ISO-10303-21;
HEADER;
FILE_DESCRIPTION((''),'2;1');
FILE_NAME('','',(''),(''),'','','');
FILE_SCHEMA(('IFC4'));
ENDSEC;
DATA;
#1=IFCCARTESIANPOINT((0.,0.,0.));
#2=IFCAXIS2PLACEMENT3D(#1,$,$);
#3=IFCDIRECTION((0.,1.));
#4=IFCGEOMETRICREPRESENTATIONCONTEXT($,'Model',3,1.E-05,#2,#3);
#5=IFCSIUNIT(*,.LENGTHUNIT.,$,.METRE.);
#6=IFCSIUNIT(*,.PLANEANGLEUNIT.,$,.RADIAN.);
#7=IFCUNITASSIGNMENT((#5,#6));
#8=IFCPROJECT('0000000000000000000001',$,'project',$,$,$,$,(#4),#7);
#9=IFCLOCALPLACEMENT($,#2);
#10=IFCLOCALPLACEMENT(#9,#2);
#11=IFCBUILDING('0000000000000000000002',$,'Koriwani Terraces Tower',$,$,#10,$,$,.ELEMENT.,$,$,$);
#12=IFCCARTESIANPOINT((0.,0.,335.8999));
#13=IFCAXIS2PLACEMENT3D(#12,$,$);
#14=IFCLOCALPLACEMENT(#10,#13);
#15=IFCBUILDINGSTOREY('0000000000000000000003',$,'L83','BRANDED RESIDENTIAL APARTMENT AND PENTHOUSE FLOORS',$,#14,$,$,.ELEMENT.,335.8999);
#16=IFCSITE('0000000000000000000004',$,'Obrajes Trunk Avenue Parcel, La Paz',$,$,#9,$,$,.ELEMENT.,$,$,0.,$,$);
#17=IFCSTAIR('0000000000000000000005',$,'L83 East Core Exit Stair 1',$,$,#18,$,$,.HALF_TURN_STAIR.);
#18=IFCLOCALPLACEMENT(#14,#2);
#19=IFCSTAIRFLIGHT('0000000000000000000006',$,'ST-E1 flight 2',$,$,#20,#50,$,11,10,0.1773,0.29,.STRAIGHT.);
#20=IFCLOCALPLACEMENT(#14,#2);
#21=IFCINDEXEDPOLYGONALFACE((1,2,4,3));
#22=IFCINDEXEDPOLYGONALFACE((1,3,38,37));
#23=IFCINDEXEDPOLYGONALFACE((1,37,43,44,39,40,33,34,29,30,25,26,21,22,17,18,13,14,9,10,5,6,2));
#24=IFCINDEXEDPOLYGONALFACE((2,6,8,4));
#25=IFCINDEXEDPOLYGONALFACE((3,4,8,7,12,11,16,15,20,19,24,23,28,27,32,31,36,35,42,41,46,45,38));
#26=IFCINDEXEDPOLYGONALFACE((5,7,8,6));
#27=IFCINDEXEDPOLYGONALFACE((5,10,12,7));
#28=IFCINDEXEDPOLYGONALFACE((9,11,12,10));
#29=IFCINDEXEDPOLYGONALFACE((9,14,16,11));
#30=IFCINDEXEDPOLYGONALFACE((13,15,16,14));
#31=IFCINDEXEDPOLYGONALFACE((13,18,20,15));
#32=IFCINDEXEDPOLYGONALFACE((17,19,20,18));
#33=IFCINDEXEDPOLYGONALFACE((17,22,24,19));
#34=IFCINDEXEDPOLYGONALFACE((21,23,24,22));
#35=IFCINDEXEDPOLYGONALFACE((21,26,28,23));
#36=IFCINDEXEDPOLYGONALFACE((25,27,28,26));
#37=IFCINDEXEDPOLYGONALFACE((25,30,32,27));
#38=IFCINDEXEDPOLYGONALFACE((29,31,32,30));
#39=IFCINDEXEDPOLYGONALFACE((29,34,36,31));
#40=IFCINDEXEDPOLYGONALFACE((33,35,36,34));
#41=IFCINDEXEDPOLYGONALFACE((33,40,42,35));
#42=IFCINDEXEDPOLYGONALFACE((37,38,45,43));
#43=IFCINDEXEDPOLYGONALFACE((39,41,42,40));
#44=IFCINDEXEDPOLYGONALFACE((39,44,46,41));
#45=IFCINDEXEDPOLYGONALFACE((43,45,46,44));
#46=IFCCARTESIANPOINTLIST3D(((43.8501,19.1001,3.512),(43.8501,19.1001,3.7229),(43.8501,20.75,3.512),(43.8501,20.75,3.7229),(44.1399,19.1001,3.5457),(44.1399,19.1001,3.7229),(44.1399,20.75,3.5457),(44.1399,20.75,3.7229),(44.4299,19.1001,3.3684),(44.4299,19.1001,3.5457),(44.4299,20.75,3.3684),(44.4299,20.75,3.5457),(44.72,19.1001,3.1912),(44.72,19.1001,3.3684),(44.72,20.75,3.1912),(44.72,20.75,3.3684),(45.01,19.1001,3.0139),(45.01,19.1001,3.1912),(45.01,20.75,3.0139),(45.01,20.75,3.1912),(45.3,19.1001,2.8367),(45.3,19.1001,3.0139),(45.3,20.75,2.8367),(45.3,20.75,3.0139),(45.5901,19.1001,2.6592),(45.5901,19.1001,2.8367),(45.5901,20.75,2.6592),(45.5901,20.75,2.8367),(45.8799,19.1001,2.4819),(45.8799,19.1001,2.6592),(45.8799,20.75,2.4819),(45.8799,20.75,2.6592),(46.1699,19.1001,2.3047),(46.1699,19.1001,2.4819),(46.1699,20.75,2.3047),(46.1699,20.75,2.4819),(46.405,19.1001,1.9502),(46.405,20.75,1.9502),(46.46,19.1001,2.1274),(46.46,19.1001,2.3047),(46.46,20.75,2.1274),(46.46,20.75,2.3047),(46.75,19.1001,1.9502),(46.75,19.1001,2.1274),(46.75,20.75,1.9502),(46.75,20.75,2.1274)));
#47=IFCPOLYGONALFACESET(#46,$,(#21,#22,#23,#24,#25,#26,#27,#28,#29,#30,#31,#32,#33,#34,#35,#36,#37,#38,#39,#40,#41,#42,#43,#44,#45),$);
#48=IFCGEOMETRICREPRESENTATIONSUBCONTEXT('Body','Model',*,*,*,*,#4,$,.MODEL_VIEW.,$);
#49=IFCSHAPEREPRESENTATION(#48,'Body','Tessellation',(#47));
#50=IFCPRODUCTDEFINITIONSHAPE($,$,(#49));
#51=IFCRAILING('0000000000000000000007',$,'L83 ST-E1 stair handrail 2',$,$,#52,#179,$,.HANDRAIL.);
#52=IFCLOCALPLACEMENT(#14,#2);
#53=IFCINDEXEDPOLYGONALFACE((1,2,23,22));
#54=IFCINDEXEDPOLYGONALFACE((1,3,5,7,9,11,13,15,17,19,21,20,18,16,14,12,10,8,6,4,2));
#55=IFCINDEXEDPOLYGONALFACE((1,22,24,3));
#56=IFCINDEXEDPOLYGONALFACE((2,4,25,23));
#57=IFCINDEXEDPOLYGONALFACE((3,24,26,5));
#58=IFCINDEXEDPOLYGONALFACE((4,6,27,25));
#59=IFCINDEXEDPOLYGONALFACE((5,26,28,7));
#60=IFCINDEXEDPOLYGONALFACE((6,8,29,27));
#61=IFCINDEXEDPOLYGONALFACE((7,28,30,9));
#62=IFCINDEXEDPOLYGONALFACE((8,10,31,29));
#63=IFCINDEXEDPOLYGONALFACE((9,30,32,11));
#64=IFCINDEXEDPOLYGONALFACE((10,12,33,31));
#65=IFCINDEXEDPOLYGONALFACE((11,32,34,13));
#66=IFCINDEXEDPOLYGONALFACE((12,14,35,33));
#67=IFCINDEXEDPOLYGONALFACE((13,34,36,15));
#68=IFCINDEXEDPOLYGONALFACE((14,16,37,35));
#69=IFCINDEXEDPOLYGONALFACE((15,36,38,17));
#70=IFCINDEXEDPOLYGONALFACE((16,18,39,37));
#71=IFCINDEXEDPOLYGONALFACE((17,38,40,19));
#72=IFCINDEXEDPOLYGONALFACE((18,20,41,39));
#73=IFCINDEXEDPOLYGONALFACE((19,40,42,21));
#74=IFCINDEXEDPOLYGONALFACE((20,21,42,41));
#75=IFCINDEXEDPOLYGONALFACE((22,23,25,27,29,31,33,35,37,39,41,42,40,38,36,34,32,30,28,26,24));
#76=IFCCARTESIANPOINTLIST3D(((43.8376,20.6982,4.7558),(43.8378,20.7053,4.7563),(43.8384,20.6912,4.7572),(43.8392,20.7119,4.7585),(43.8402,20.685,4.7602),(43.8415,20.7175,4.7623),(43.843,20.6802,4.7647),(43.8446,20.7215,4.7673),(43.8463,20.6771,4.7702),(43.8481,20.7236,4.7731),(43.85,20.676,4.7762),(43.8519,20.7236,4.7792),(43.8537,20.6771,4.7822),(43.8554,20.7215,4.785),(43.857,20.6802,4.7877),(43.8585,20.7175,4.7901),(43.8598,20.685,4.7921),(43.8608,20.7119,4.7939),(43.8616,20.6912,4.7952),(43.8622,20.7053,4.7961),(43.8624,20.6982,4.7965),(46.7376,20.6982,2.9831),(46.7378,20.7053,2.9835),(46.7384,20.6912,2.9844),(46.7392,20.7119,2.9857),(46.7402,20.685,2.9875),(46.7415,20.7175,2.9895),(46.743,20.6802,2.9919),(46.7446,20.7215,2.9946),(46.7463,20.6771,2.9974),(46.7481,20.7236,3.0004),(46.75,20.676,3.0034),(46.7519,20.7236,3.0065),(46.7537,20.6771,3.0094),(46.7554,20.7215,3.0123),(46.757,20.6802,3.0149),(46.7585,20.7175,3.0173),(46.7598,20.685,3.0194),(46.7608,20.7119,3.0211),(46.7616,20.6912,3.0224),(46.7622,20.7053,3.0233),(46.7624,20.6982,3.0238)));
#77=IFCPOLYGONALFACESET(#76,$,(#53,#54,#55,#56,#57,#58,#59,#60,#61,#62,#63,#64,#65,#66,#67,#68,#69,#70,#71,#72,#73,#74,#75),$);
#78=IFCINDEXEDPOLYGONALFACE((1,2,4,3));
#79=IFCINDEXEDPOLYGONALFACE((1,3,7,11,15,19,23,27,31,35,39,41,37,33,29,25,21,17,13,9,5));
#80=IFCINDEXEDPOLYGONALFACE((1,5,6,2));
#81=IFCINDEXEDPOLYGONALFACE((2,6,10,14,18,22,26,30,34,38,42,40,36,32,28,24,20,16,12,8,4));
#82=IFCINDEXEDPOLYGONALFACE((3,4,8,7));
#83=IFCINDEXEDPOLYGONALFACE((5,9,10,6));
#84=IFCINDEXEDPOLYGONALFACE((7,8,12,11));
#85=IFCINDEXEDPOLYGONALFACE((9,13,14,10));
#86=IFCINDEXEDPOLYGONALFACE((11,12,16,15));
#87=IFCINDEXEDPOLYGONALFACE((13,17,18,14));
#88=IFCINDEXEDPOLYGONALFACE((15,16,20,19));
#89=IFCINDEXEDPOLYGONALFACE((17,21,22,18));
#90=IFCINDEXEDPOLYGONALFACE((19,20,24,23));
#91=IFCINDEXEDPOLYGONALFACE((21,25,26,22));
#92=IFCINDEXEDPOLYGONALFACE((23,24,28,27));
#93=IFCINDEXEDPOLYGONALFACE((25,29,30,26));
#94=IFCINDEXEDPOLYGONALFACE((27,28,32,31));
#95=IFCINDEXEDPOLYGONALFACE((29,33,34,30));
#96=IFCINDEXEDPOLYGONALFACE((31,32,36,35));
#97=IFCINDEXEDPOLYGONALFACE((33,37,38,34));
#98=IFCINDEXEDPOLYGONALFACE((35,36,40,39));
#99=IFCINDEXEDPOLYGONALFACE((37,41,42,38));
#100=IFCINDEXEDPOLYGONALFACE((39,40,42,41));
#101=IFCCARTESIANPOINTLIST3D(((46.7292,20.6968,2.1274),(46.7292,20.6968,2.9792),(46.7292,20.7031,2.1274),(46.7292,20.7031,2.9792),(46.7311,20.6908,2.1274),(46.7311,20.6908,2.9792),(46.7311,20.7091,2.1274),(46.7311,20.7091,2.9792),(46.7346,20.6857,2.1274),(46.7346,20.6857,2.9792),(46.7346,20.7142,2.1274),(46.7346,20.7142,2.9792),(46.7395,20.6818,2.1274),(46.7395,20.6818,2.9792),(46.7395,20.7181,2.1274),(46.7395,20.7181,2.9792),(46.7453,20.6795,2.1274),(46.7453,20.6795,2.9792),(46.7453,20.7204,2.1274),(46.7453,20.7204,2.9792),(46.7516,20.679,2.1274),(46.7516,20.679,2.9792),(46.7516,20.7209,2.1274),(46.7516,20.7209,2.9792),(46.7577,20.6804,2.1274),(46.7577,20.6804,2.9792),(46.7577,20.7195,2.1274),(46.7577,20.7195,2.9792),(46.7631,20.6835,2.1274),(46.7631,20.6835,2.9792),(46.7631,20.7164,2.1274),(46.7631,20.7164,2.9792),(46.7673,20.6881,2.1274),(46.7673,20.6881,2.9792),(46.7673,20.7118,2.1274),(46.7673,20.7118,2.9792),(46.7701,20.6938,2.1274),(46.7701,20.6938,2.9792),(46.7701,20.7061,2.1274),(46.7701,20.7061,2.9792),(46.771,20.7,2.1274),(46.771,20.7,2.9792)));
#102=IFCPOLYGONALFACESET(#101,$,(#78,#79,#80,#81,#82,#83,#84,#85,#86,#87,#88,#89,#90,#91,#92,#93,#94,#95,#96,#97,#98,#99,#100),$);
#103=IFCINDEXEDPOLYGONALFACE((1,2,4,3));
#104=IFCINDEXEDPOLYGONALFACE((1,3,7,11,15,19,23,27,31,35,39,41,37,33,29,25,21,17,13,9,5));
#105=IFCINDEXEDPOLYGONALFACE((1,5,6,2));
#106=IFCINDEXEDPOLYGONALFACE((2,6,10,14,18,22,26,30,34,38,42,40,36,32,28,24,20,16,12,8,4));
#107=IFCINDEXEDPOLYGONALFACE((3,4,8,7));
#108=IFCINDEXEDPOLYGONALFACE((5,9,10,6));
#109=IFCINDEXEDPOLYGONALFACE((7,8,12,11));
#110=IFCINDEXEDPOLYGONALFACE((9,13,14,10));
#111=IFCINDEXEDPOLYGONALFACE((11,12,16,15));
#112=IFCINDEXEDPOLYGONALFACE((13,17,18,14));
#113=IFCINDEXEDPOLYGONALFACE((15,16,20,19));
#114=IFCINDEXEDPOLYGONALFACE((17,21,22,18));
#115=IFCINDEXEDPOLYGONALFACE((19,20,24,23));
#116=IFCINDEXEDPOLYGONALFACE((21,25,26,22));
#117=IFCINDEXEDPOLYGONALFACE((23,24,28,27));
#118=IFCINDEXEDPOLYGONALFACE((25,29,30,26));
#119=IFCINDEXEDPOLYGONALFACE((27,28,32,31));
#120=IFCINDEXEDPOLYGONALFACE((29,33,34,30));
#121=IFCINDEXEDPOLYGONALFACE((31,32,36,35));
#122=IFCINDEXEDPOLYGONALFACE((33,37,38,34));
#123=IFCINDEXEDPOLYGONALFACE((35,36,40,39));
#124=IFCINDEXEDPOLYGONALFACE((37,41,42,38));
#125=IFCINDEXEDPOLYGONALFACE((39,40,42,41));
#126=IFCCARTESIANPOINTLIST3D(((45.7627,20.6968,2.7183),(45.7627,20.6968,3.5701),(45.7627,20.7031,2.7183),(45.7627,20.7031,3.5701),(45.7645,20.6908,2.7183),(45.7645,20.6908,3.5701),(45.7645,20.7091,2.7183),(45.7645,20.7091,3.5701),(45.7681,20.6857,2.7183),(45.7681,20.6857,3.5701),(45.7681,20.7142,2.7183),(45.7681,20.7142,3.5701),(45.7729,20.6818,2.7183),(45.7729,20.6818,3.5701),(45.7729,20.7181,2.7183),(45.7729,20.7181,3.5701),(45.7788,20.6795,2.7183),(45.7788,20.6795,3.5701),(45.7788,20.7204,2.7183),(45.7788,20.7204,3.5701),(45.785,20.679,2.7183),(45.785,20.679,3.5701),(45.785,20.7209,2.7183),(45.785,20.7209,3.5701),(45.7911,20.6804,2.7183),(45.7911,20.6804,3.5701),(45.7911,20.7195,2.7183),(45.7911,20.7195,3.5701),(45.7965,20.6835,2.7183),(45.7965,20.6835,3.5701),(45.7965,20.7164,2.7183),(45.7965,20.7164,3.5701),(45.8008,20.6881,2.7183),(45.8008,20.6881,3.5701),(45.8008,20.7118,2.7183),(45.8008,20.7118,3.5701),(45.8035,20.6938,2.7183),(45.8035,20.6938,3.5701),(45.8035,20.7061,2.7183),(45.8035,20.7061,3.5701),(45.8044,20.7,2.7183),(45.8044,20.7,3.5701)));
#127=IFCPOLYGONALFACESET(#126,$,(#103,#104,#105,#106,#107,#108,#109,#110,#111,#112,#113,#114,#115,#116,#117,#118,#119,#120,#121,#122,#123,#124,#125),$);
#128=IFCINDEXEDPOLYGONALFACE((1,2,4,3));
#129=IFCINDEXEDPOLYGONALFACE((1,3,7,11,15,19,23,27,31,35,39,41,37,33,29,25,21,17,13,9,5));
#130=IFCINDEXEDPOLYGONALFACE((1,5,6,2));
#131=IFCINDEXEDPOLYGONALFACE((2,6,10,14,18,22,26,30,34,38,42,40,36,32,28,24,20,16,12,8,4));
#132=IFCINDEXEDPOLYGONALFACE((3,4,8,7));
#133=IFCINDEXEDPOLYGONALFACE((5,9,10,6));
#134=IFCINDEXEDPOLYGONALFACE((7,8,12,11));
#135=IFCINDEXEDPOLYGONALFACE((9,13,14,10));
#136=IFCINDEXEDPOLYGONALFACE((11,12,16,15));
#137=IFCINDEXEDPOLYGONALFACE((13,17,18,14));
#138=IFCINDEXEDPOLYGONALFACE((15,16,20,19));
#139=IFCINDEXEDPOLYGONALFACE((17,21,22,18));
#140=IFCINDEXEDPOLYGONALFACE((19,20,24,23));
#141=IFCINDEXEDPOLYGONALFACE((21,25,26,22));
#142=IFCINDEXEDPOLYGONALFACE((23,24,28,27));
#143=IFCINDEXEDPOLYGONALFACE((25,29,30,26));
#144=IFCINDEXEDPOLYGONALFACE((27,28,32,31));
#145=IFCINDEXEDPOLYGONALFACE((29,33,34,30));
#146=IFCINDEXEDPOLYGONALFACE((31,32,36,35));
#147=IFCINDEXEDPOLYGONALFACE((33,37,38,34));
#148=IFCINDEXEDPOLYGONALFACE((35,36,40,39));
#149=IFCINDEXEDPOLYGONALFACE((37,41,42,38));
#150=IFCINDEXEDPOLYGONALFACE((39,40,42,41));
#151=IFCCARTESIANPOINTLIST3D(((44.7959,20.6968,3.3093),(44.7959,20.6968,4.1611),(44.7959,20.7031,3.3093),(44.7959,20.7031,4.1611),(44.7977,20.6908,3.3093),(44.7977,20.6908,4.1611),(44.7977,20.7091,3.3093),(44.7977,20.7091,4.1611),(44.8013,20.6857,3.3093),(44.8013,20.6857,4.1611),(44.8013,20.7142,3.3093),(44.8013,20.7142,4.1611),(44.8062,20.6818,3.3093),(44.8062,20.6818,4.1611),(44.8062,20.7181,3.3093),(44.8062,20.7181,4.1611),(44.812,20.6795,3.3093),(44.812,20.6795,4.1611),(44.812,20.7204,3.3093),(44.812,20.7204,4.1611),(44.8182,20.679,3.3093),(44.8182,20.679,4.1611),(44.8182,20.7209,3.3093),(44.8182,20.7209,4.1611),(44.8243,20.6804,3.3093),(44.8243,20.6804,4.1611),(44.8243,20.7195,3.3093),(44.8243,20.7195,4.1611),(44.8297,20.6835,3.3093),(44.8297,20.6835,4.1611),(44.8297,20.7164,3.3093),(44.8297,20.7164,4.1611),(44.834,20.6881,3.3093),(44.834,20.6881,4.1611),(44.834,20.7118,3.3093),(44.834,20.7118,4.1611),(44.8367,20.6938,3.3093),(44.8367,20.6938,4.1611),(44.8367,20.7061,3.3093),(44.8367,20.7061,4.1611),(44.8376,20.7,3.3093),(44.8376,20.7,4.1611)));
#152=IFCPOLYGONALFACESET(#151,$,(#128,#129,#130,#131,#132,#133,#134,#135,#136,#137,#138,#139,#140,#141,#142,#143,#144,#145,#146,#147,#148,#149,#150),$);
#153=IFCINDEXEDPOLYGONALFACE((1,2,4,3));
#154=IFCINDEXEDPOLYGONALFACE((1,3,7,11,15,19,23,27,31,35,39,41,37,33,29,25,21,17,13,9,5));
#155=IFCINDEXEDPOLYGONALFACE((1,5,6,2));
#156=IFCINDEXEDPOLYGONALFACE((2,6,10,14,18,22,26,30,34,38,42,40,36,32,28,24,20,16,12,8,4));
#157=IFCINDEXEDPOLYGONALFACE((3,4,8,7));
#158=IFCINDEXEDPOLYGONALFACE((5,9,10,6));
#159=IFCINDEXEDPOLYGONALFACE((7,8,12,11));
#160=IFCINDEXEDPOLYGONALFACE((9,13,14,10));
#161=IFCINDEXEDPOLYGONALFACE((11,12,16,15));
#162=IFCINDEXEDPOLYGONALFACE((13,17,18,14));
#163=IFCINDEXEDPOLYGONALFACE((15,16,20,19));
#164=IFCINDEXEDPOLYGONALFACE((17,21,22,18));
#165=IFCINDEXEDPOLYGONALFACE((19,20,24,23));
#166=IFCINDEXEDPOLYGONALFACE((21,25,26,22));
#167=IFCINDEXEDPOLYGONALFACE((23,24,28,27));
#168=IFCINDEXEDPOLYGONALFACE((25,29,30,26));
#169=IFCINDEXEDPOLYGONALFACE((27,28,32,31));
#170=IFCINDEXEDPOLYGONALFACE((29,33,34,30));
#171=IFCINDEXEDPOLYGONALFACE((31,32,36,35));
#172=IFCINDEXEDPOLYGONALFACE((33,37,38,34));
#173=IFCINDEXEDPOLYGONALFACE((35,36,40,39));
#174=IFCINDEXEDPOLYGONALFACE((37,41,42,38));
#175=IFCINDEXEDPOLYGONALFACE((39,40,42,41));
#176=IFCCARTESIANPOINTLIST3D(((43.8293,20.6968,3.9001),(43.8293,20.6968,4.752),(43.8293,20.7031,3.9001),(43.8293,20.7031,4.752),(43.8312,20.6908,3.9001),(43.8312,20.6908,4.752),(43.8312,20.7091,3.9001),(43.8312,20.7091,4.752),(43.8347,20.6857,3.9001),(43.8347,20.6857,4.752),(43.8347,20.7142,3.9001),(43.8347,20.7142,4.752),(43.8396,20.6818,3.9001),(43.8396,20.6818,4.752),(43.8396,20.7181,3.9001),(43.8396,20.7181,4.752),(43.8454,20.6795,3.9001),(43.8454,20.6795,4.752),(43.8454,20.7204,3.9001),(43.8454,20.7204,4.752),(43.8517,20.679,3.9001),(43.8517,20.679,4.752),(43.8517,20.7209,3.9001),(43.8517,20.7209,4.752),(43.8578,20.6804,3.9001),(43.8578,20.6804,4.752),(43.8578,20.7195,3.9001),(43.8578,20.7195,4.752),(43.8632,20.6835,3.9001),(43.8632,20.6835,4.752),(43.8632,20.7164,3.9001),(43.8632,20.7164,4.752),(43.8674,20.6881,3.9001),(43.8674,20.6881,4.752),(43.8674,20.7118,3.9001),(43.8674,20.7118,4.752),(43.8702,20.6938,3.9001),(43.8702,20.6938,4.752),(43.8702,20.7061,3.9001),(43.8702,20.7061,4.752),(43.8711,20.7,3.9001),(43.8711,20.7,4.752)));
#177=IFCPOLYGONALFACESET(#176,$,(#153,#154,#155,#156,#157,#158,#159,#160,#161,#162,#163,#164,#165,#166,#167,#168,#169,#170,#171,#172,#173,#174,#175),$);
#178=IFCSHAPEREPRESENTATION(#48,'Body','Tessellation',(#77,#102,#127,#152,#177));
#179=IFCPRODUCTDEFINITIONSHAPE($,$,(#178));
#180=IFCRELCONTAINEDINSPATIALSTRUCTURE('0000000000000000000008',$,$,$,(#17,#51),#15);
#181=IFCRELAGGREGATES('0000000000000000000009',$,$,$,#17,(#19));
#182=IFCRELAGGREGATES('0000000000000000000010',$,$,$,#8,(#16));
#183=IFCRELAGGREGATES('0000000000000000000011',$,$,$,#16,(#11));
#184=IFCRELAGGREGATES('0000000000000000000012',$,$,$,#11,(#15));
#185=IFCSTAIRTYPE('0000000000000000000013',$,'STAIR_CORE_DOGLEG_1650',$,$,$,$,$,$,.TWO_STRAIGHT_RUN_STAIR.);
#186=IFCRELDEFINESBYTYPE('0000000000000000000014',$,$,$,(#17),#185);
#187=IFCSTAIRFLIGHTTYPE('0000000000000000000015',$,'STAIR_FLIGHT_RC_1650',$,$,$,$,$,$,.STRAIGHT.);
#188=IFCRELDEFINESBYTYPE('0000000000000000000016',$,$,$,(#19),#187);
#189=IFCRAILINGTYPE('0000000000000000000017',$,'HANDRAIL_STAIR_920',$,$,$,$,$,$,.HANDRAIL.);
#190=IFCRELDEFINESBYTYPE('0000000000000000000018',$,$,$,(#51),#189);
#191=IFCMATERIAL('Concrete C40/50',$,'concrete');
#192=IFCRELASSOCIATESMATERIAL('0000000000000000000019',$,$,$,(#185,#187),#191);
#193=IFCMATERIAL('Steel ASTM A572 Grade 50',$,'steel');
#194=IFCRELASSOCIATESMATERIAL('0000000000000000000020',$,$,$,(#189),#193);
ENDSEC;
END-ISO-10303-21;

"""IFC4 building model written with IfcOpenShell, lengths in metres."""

from ifc_helpers import new_model, si_unit, direction, frame, origin, origin_2d, place, context, subcontext, project, spatial, polyline, circle, outline, extrude, material, type_object, element, aggregate, save


model = new_model("IFC4")

# Units and contexts
model_context = context("Model", 3, precision=1e-05, world=origin(), true_north=direction((0.0, 1.0)))
body_context = subcontext(model_context, "Body", "Model", "MODEL_VIEW")
ifc_project = project(units=[si_unit("LENGTHUNIT", "METRE"), si_unit("PLANEANGLEUNIT", "RADIAN")], contexts=[model_context])

# Site, building, storey
site_placement = place(None, origin())
site = spatial("IfcSite", under=ifc_project, at=site_placement, Name="Obrajes Trunk Avenue Parcel, La Paz", CompositionType="ELEMENT", RefElevation=0.0)
building_placement = place(site_placement, origin())
building = spatial("IfcBuilding", under=site, at=building_placement, Name="Koriwani Terraces Tower", CompositionType="ELEMENT")
storey_placement = place(building_placement, frame((0.0, 0.0, 335.8999)))
storey = spatial("IfcBuildingStorey", under=building, at=storey_placement, Name="L83", Description="BRANDED RESIDENTIAL APARTMENT AND PENTHOUSE FLOORS", CompositionType="ELEMENT", Elevation=335.8999)

# Shared definitions
ifc_material_1 = material(Name="Concrete C40/50", Category="concrete")

# Shared definitions
ifc_material_2 = material(Name="Steel ASTM A572 Grade 50", Category="steel")

# Stair, stair flight
stair_type = type_object("IfcStairType", Name="STAIR_CORE_DOGLEG_1650", PredefinedType="TWO_STRAIGHT_RUN_STAIR", material=ifc_material_1)
stair_placement = place(storey_placement, origin())
stair = element("IfcStair", 1, at=stair_placement, inside=storey, type_object=stair_type, Name="L83 East Core Exit Stair 1", PredefinedType="HALF_TURN_STAIR")
stair_flight_type = type_object("IfcStairFlightType", Name="STAIR_FLIGHT_RC_1650", PredefinedType="STRAIGHT", material=ifc_material_1)
stair_flight_placement = place(storey_placement, frame((46.75, 19.925, 1.9502), z_axis=(0.0, 0.0, 1.0), x_axis=(-1.0, 0.0, 0.0)))
stair_flight = element("IfcStairFlight", 2, at=stair_flight_placement, type_object=stair_flight_type, Name="ST-E1 flight 2", NumberOfRisers=11, NumberOfTreads=10, PredefinedType="STRAIGHT", RiserHeight=0.1773, TreadLength=0.29, context=body_context, shape_type="SweptSolid", body=[
    extrude(outline(polyline([(0.0, 0.0), (0.0, 0.1772), (0.29, 0.1772), (0.29, 0.3545), (0.5801, 0.3545), (0.5801, 0.5317), (0.8701, 0.5317), (0.8701, 0.709), (1.1599, 0.709), (1.1599, 0.8865), (1.45, 0.8865), (1.45, 1.0637), (1.74, 1.0637), (1.74, 1.241), (2.03, 1.241), (2.03, 1.4182), (2.3201, 1.4182), (2.3201, 1.5955), (2.6101, 1.5955), (2.6101, 1.7727), (2.8999, 1.7727), (2.8999, 1.95), (2.8999, 1.5618), (0.345, 0.0), (0.0, 0.0)])), frame((0.0, 0.825, 0.0), z_axis=(0.0, -1.0, 0.0), x_axis=(1.0, 0.0, 0.0)), (0.0, 0.0, 1.0), 1.6499),
])
aggregate(stair, [stair_flight])

# Railing
railing_type = type_object("IfcRailingType", Name="HANDRAIL_STAIR_920", PredefinedType="HANDRAIL", material=ifc_material_2)
railing_placement = place(storey_placement, frame((46.75, 20.7, 2.1274)))
element("IfcRailing", 3, at=railing_placement, inside=storey, type_object=railing_type, Name="L83 ST-E1 stair handrail 2", PredefinedType="HANDRAIL", context=body_context, shape_type="SweptSolid", body=[
    extrude(circle(Radius=0.0239, at=origin_2d()), frame((0.0, 0.0, 0.876), z_axis=(-0.853211, 0.0, 0.521566), x_axis=(0.0, -1.0, 0.0)), (0.0, 0.0, 1.0), 3.3989),
    extrude(circle(Radius=0.021, at=origin_2d()), origin(), (0.0, 0.0, 1.0), 0.8518),
    extrude(circle(Radius=0.021, at=origin_2d()), frame((-0.9666, 0.0, 0.5908)), (0.0, 0.0, 1.0), 0.8518),
    extrude(circle(Radius=0.021, at=origin_2d()), frame((-1.9333, 0.0, 1.1819)), (0.0, 0.0, 1.0), 0.8518),
    extrude(circle(Radius=0.021, at=origin_2d()), frame((-2.8999, 0.0, 1.7727)), (0.0, 0.0, 1.0), 0.8518),
])

save(model, "model.ifc")
